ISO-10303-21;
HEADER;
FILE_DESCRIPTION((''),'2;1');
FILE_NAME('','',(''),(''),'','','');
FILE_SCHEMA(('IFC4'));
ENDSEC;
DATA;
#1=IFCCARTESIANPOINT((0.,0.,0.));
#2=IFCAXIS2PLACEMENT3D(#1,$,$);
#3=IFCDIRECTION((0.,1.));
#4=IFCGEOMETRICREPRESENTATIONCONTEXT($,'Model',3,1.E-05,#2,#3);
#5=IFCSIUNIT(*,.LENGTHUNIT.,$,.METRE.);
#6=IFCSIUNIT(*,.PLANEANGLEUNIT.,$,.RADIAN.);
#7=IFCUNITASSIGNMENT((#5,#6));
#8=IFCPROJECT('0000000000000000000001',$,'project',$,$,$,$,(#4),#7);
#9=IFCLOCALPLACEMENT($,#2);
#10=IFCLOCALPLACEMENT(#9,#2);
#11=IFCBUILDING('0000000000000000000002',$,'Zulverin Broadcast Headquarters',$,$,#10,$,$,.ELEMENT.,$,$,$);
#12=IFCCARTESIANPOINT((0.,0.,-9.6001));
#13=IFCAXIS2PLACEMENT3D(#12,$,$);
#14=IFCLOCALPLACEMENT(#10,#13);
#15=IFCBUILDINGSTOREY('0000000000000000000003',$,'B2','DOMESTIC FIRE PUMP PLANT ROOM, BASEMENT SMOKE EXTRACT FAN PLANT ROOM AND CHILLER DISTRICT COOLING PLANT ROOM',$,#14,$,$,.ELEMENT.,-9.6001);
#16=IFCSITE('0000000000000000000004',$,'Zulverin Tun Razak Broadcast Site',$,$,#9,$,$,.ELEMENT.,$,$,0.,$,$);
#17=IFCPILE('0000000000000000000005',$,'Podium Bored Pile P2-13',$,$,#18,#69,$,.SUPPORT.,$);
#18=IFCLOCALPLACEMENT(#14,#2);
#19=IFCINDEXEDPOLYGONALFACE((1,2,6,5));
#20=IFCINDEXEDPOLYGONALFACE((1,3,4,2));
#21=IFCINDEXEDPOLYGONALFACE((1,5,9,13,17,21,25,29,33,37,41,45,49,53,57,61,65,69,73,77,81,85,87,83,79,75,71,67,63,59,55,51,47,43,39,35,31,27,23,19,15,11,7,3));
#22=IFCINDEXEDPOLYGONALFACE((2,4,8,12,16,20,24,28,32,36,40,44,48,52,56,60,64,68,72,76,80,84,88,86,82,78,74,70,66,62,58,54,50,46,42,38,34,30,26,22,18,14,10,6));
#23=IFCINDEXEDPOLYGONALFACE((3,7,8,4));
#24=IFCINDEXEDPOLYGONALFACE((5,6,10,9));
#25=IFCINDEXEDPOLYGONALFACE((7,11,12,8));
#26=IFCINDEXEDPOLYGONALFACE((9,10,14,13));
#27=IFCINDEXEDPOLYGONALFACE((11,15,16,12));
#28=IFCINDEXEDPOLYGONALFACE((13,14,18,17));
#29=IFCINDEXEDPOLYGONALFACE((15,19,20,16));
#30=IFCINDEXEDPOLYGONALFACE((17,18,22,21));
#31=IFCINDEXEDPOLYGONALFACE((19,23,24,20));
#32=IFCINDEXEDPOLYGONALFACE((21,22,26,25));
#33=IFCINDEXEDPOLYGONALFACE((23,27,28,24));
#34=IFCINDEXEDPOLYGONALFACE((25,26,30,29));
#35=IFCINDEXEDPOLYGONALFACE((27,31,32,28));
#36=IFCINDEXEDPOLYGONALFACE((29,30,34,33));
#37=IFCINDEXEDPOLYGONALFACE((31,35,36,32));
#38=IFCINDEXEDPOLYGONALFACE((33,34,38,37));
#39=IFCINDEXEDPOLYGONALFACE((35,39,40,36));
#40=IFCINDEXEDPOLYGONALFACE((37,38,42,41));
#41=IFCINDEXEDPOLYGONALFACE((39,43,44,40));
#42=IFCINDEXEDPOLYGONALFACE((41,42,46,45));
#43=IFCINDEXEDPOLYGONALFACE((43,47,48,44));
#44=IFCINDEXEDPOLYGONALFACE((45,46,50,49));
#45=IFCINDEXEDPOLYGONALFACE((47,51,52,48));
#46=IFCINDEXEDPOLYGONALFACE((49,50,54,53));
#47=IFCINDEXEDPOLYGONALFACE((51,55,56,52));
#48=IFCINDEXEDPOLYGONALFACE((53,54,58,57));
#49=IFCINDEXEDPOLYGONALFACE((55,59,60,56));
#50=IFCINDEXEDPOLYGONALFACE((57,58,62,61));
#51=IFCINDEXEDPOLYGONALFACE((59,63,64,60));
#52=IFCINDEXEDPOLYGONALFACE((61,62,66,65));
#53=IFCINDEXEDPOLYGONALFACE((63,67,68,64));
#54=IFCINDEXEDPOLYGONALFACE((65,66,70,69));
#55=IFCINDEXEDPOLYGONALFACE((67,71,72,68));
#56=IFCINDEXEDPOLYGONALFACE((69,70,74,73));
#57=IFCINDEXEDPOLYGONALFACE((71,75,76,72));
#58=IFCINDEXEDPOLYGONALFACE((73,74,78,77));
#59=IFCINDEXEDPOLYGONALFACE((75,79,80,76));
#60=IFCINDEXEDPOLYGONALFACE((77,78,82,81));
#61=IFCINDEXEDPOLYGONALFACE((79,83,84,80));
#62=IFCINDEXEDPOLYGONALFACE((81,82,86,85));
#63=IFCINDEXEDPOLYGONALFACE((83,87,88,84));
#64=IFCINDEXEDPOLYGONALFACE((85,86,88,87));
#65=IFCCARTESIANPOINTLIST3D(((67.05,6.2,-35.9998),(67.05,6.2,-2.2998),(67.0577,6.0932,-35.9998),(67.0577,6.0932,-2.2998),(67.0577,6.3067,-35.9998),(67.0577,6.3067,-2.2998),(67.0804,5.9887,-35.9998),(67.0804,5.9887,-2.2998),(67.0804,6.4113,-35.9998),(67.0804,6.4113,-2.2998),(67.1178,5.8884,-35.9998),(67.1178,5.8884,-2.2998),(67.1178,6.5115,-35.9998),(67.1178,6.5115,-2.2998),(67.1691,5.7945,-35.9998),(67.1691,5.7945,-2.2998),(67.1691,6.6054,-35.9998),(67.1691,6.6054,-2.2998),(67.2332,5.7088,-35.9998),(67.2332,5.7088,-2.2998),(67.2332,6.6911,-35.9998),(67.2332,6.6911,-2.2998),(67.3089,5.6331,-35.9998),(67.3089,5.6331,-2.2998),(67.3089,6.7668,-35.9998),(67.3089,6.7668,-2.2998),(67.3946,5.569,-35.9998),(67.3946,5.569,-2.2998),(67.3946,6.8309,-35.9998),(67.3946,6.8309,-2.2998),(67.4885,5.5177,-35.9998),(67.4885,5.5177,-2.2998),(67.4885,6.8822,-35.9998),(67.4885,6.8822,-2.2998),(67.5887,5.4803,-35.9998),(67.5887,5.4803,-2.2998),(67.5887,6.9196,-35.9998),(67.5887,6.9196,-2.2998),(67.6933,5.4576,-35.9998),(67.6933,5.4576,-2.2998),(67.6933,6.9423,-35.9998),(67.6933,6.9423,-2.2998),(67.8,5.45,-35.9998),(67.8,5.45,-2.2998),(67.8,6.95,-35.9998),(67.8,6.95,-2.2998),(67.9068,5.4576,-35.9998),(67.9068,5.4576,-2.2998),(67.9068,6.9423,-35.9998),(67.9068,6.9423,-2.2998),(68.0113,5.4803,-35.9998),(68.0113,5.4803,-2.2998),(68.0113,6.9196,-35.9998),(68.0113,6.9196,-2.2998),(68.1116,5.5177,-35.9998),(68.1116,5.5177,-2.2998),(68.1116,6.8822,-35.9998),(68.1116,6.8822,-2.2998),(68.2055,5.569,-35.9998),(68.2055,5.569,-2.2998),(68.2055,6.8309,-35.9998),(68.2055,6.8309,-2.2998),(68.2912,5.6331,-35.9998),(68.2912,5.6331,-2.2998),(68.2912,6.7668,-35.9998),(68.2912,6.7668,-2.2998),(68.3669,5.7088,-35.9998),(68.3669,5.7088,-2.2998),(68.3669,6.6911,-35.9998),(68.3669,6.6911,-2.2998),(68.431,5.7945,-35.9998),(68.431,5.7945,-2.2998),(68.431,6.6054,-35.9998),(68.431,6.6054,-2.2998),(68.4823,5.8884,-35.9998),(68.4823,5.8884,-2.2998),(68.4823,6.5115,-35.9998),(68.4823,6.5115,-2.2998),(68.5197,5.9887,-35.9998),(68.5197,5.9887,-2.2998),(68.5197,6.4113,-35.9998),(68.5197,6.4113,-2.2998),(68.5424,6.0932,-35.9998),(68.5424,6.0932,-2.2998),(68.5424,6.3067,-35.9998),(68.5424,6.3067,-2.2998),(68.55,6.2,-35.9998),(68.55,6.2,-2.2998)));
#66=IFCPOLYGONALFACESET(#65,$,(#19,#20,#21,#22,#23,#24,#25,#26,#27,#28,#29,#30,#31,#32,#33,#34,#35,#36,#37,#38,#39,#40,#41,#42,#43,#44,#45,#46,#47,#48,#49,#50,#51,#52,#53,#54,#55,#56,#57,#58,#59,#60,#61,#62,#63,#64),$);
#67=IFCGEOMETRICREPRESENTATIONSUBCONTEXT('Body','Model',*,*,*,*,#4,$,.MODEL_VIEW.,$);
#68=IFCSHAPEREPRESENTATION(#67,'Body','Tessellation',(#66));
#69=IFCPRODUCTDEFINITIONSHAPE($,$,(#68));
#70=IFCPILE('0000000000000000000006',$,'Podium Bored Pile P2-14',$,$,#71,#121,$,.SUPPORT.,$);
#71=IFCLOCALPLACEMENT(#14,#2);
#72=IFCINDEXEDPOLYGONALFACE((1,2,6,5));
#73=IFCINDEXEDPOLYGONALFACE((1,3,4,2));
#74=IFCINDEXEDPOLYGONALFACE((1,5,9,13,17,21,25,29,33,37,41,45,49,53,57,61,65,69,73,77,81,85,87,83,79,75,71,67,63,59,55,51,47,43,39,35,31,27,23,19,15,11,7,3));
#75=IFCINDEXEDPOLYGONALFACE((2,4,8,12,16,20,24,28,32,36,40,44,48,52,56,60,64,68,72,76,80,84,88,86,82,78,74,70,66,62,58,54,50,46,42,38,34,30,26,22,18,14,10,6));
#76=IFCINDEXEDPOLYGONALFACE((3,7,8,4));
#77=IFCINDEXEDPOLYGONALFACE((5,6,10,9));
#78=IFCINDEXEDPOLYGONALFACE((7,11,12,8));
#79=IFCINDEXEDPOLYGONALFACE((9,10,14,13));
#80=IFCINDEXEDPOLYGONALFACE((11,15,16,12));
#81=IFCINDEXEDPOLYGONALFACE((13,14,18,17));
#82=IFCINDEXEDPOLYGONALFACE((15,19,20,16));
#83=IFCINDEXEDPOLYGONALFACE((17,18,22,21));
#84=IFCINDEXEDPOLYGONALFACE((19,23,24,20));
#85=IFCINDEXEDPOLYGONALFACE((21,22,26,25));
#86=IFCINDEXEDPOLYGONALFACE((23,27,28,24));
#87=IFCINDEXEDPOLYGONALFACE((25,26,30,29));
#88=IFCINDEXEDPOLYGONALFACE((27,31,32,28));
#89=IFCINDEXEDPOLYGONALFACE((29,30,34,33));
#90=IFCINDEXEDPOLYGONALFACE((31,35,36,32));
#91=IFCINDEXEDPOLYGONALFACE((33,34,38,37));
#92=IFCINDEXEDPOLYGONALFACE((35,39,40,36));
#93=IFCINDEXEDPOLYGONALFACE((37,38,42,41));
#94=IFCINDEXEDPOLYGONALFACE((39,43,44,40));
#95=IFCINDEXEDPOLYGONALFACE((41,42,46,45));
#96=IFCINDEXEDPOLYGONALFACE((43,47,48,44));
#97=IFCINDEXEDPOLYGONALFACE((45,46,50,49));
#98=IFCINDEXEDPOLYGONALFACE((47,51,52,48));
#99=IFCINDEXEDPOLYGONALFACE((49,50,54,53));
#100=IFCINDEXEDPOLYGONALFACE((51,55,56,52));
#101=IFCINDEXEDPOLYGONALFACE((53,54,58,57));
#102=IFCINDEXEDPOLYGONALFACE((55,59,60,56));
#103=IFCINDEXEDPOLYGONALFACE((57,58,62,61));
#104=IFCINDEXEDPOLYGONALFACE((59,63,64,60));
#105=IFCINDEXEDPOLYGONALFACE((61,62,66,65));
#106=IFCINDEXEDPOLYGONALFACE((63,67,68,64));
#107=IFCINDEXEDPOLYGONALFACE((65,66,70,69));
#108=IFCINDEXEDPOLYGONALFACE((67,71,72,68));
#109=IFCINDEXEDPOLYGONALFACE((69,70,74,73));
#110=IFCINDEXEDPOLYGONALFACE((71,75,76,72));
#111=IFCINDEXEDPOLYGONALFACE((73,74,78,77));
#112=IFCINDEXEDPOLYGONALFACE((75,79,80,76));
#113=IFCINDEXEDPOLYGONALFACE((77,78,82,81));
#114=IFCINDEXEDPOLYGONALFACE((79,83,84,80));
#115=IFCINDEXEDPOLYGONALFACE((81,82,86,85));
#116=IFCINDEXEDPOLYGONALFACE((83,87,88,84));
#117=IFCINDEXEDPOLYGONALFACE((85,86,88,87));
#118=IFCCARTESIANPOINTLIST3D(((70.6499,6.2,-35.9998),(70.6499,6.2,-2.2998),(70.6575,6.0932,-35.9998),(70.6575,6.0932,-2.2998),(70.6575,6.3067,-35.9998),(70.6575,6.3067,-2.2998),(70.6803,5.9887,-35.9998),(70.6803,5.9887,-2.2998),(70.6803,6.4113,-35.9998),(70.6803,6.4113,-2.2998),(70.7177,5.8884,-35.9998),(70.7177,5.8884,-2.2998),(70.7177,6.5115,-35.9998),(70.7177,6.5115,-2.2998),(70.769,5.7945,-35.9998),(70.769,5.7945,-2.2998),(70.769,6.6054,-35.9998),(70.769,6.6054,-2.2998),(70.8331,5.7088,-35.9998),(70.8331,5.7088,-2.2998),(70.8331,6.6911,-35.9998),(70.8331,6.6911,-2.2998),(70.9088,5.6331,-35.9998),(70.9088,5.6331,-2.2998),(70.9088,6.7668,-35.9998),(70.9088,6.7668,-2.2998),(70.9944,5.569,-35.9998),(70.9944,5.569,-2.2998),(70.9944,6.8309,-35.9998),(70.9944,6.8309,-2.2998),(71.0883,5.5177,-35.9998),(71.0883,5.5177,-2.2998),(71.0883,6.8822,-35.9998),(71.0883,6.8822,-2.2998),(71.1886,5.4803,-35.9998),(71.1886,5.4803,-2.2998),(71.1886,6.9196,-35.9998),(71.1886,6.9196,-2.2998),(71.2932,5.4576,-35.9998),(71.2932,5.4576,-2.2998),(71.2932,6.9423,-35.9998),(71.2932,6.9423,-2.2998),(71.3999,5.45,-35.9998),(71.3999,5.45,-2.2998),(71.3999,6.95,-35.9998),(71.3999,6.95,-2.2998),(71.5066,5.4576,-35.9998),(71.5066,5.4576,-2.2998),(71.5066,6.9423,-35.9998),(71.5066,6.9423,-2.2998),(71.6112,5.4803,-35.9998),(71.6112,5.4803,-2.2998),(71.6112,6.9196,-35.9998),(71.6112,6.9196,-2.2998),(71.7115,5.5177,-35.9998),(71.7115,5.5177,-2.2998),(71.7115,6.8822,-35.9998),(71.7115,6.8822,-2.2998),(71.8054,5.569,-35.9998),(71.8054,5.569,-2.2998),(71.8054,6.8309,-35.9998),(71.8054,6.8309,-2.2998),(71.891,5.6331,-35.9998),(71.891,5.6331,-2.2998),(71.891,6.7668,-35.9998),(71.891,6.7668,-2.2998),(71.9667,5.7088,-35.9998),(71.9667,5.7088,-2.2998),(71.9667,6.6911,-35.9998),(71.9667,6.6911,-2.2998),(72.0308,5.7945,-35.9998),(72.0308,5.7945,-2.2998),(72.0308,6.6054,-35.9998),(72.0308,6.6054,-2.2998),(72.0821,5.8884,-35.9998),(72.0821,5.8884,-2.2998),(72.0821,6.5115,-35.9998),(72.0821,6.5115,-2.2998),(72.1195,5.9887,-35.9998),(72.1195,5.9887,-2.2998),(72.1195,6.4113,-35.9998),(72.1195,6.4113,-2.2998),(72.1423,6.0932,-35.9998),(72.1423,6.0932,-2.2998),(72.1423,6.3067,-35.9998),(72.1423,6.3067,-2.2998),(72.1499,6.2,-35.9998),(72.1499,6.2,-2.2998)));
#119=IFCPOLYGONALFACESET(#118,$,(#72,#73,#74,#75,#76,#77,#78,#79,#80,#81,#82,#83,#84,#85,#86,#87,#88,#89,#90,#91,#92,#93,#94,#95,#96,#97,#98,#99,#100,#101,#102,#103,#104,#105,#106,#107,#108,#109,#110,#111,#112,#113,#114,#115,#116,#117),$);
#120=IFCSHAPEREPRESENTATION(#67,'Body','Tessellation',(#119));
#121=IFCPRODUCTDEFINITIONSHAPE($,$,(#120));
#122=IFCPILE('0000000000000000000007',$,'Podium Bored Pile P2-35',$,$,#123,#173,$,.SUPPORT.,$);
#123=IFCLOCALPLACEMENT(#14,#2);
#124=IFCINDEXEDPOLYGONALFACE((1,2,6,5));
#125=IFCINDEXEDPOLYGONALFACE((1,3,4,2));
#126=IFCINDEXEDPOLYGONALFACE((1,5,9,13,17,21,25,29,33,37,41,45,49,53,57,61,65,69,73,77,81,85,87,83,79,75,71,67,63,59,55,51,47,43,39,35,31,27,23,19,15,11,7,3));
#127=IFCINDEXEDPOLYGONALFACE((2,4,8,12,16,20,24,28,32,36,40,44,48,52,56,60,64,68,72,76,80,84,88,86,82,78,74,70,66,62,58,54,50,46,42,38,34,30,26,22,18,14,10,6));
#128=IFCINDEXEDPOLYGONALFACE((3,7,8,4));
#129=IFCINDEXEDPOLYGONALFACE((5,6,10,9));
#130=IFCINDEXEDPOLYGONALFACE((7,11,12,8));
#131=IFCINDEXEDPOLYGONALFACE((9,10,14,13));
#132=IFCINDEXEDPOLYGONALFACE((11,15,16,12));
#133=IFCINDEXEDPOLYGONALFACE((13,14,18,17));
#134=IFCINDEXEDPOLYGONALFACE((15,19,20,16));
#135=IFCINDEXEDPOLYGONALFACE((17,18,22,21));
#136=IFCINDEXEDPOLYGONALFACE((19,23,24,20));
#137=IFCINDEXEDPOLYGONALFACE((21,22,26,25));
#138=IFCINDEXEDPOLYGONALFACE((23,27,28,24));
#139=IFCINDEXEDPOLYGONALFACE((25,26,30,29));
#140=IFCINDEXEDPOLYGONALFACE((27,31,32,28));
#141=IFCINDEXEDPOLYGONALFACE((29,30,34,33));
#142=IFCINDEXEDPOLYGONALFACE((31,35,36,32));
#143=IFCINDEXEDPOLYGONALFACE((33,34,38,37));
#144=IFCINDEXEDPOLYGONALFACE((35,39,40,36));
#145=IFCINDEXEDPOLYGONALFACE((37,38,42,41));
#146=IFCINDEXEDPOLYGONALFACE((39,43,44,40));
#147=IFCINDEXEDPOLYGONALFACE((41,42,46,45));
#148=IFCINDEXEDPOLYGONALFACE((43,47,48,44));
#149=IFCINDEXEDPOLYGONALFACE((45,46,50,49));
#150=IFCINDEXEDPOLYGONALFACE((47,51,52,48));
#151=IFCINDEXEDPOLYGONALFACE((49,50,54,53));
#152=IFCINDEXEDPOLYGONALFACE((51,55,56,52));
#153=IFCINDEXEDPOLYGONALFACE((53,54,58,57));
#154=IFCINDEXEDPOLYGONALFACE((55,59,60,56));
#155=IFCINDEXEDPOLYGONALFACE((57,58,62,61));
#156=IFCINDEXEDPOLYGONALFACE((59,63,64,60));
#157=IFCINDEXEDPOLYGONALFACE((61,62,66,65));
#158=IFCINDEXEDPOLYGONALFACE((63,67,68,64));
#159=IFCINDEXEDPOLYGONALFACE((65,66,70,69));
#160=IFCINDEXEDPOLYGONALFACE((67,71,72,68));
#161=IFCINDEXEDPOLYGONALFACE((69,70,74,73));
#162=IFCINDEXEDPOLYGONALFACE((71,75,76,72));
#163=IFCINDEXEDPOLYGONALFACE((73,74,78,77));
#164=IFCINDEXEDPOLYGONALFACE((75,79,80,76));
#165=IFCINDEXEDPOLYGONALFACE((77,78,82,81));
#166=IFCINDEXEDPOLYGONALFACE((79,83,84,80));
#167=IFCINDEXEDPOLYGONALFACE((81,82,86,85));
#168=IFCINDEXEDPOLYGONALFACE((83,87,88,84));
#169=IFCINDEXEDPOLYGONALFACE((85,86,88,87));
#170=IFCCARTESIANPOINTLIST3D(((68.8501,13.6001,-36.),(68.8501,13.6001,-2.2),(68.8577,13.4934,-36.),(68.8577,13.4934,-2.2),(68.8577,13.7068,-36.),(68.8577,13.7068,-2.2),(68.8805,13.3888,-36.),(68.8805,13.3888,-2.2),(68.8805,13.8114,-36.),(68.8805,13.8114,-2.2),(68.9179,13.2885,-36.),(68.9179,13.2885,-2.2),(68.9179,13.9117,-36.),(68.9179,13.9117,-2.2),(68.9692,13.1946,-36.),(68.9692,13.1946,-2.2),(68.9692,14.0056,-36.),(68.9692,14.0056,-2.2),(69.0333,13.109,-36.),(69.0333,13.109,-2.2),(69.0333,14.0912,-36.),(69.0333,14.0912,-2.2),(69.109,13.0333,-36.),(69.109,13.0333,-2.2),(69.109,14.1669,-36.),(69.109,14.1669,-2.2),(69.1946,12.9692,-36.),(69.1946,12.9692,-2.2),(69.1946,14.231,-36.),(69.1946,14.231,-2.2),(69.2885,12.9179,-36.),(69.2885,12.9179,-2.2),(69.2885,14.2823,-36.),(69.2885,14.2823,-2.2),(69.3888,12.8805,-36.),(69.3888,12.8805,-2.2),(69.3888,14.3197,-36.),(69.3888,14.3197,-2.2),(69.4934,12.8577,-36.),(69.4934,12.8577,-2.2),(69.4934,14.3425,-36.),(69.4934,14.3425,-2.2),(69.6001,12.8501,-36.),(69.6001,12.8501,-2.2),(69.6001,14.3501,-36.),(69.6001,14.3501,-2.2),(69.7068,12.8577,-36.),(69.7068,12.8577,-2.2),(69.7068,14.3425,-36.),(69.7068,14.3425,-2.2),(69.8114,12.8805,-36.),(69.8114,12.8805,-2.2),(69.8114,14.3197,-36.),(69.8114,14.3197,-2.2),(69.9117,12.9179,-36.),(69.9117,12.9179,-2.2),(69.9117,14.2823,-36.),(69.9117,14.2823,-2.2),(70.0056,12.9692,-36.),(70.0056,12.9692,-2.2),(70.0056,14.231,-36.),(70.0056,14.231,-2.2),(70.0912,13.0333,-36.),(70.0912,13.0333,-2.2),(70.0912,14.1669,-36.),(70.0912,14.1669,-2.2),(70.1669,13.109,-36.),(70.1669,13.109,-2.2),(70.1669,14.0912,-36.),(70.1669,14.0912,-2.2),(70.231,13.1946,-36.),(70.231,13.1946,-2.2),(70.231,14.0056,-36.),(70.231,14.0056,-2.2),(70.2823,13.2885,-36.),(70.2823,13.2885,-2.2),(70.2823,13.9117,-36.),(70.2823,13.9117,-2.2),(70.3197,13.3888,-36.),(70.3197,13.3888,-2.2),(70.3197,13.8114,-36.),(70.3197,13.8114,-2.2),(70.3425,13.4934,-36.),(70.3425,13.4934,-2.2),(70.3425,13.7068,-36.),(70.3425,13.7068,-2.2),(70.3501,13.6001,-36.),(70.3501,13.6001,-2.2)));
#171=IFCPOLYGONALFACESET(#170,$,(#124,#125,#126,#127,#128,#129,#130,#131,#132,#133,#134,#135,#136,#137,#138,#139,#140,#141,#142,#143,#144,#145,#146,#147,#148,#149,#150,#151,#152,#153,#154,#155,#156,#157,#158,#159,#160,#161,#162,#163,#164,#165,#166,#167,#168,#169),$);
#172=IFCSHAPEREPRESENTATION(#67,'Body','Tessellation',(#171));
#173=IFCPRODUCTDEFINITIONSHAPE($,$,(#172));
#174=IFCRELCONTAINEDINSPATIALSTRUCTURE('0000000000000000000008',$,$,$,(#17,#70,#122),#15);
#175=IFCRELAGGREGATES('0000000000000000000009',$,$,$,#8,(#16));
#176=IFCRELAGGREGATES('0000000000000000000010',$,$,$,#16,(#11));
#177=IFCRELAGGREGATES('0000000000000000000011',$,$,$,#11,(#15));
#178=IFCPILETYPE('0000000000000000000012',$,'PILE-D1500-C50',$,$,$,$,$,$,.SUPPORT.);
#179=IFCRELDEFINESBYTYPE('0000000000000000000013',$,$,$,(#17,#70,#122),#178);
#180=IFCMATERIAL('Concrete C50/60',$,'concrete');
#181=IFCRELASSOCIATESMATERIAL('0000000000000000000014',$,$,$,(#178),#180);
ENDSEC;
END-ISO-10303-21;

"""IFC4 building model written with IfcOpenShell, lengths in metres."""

from ifc_helpers import new_model, si_unit, direction, frame, origin, origin_2d, place, context, subcontext, project, spatial, circle, extrude, material, material_profile, profile_set, type_object, element, save


model = new_model("IFC4")

# Units and contexts
model_context = context("Model", 3, precision=1e-05, world=origin(), true_north=direction((0.0, 1.0)))
body_context = subcontext(model_context, "Body", "Model", "MODEL_VIEW")
ifc_project = project(units=[si_unit("LENGTHUNIT", "METRE"), si_unit("PLANEANGLEUNIT", "RADIAN")], contexts=[model_context])

# Site, building, storey
site_placement = place(None, origin())
site = spatial("IfcSite", under=ifc_project, at=site_placement, Name="Zulverin Tun Razak Broadcast Site", CompositionType="ELEMENT", RefElevation=0.0)
building_placement = place(site_placement, origin())
building = spatial("IfcBuilding", under=site, at=building_placement, Name="Zulverin Broadcast Headquarters", CompositionType="ELEMENT")
storey_placement = place(building_placement, frame((0.0, 0.0, -9.6001)))
storey = spatial("IfcBuildingStorey", under=building, at=storey_placement, Name="B2", Description="DOMESTIC FIRE PUMP PLANT ROOM, BASEMENT SMOKE EXTRACT FAN PLANT ROOM AND CHILLER DISTRICT COOLING PLANT ROOM", CompositionType="ELEMENT", Elevation=-9.6001)

# Shared definitions
ifc_material_1 = material(Name="Concrete C50/60", Category="concrete")

# Piles
ifc_material_profile_1 = material_profile(ifc_material_1, circle(Radius=0.75, at=origin_2d()), Name="Concrete C50/60", Category="concrete")
ifc_profile_set_1 = profile_set([ifc_material_profile_1], Name="Concrete C50/60")
pile_type = type_object("IfcPileType", Name="PILE-D1500-C50", PredefinedType="SUPPORT", material=ifc_profile_set_1)
for number, where, z_axis, x_axis, name in (
    (1, (67.8, 6.2, -2.2998), (0.0, 0.0, -1.0), (1.0, 0.0, 0.0), "Podium Bored Pile P2-13"),
    (2, (71.3999, 6.2, -2.2998), (0.0, 0.0, -1.0), (1.0, 0.0, 0.0), "Podium Bored Pile P2-14"),
):
    element("IfcPile", number, at=place(storey_placement, frame(where, z_axis=z_axis, x_axis=x_axis)), inside=storey, type_object=pile_type, Name=name, PredefinedType="SUPPORT", context=body_context, shape_type="SweptSolid", body=[
        extrude(circle(Radius=0.75, at=origin_2d()), origin(), (0.0, 0.0, 1.0), 33.7),
    ])
for number, where, z_axis, x_axis, name in (
    (3, (69.6001, 13.6001, -2.2), (0.0, 0.0, -1.0), (1.0, 0.0, 0.0), "Podium Bored Pile P2-35"),
):
    element("IfcPile", number, at=place(storey_placement, frame(where, z_axis=z_axis, x_axis=x_axis)), inside=storey, type_object=pile_type, Name=name, PredefinedType="SUPPORT", context=body_context, shape_type="SweptSolid", body=[
        extrude(circle(Radius=0.75, at=origin_2d()), origin(), (0.0, 0.0, 1.0), 33.8),
    ])

save(model, "model.ifc")
